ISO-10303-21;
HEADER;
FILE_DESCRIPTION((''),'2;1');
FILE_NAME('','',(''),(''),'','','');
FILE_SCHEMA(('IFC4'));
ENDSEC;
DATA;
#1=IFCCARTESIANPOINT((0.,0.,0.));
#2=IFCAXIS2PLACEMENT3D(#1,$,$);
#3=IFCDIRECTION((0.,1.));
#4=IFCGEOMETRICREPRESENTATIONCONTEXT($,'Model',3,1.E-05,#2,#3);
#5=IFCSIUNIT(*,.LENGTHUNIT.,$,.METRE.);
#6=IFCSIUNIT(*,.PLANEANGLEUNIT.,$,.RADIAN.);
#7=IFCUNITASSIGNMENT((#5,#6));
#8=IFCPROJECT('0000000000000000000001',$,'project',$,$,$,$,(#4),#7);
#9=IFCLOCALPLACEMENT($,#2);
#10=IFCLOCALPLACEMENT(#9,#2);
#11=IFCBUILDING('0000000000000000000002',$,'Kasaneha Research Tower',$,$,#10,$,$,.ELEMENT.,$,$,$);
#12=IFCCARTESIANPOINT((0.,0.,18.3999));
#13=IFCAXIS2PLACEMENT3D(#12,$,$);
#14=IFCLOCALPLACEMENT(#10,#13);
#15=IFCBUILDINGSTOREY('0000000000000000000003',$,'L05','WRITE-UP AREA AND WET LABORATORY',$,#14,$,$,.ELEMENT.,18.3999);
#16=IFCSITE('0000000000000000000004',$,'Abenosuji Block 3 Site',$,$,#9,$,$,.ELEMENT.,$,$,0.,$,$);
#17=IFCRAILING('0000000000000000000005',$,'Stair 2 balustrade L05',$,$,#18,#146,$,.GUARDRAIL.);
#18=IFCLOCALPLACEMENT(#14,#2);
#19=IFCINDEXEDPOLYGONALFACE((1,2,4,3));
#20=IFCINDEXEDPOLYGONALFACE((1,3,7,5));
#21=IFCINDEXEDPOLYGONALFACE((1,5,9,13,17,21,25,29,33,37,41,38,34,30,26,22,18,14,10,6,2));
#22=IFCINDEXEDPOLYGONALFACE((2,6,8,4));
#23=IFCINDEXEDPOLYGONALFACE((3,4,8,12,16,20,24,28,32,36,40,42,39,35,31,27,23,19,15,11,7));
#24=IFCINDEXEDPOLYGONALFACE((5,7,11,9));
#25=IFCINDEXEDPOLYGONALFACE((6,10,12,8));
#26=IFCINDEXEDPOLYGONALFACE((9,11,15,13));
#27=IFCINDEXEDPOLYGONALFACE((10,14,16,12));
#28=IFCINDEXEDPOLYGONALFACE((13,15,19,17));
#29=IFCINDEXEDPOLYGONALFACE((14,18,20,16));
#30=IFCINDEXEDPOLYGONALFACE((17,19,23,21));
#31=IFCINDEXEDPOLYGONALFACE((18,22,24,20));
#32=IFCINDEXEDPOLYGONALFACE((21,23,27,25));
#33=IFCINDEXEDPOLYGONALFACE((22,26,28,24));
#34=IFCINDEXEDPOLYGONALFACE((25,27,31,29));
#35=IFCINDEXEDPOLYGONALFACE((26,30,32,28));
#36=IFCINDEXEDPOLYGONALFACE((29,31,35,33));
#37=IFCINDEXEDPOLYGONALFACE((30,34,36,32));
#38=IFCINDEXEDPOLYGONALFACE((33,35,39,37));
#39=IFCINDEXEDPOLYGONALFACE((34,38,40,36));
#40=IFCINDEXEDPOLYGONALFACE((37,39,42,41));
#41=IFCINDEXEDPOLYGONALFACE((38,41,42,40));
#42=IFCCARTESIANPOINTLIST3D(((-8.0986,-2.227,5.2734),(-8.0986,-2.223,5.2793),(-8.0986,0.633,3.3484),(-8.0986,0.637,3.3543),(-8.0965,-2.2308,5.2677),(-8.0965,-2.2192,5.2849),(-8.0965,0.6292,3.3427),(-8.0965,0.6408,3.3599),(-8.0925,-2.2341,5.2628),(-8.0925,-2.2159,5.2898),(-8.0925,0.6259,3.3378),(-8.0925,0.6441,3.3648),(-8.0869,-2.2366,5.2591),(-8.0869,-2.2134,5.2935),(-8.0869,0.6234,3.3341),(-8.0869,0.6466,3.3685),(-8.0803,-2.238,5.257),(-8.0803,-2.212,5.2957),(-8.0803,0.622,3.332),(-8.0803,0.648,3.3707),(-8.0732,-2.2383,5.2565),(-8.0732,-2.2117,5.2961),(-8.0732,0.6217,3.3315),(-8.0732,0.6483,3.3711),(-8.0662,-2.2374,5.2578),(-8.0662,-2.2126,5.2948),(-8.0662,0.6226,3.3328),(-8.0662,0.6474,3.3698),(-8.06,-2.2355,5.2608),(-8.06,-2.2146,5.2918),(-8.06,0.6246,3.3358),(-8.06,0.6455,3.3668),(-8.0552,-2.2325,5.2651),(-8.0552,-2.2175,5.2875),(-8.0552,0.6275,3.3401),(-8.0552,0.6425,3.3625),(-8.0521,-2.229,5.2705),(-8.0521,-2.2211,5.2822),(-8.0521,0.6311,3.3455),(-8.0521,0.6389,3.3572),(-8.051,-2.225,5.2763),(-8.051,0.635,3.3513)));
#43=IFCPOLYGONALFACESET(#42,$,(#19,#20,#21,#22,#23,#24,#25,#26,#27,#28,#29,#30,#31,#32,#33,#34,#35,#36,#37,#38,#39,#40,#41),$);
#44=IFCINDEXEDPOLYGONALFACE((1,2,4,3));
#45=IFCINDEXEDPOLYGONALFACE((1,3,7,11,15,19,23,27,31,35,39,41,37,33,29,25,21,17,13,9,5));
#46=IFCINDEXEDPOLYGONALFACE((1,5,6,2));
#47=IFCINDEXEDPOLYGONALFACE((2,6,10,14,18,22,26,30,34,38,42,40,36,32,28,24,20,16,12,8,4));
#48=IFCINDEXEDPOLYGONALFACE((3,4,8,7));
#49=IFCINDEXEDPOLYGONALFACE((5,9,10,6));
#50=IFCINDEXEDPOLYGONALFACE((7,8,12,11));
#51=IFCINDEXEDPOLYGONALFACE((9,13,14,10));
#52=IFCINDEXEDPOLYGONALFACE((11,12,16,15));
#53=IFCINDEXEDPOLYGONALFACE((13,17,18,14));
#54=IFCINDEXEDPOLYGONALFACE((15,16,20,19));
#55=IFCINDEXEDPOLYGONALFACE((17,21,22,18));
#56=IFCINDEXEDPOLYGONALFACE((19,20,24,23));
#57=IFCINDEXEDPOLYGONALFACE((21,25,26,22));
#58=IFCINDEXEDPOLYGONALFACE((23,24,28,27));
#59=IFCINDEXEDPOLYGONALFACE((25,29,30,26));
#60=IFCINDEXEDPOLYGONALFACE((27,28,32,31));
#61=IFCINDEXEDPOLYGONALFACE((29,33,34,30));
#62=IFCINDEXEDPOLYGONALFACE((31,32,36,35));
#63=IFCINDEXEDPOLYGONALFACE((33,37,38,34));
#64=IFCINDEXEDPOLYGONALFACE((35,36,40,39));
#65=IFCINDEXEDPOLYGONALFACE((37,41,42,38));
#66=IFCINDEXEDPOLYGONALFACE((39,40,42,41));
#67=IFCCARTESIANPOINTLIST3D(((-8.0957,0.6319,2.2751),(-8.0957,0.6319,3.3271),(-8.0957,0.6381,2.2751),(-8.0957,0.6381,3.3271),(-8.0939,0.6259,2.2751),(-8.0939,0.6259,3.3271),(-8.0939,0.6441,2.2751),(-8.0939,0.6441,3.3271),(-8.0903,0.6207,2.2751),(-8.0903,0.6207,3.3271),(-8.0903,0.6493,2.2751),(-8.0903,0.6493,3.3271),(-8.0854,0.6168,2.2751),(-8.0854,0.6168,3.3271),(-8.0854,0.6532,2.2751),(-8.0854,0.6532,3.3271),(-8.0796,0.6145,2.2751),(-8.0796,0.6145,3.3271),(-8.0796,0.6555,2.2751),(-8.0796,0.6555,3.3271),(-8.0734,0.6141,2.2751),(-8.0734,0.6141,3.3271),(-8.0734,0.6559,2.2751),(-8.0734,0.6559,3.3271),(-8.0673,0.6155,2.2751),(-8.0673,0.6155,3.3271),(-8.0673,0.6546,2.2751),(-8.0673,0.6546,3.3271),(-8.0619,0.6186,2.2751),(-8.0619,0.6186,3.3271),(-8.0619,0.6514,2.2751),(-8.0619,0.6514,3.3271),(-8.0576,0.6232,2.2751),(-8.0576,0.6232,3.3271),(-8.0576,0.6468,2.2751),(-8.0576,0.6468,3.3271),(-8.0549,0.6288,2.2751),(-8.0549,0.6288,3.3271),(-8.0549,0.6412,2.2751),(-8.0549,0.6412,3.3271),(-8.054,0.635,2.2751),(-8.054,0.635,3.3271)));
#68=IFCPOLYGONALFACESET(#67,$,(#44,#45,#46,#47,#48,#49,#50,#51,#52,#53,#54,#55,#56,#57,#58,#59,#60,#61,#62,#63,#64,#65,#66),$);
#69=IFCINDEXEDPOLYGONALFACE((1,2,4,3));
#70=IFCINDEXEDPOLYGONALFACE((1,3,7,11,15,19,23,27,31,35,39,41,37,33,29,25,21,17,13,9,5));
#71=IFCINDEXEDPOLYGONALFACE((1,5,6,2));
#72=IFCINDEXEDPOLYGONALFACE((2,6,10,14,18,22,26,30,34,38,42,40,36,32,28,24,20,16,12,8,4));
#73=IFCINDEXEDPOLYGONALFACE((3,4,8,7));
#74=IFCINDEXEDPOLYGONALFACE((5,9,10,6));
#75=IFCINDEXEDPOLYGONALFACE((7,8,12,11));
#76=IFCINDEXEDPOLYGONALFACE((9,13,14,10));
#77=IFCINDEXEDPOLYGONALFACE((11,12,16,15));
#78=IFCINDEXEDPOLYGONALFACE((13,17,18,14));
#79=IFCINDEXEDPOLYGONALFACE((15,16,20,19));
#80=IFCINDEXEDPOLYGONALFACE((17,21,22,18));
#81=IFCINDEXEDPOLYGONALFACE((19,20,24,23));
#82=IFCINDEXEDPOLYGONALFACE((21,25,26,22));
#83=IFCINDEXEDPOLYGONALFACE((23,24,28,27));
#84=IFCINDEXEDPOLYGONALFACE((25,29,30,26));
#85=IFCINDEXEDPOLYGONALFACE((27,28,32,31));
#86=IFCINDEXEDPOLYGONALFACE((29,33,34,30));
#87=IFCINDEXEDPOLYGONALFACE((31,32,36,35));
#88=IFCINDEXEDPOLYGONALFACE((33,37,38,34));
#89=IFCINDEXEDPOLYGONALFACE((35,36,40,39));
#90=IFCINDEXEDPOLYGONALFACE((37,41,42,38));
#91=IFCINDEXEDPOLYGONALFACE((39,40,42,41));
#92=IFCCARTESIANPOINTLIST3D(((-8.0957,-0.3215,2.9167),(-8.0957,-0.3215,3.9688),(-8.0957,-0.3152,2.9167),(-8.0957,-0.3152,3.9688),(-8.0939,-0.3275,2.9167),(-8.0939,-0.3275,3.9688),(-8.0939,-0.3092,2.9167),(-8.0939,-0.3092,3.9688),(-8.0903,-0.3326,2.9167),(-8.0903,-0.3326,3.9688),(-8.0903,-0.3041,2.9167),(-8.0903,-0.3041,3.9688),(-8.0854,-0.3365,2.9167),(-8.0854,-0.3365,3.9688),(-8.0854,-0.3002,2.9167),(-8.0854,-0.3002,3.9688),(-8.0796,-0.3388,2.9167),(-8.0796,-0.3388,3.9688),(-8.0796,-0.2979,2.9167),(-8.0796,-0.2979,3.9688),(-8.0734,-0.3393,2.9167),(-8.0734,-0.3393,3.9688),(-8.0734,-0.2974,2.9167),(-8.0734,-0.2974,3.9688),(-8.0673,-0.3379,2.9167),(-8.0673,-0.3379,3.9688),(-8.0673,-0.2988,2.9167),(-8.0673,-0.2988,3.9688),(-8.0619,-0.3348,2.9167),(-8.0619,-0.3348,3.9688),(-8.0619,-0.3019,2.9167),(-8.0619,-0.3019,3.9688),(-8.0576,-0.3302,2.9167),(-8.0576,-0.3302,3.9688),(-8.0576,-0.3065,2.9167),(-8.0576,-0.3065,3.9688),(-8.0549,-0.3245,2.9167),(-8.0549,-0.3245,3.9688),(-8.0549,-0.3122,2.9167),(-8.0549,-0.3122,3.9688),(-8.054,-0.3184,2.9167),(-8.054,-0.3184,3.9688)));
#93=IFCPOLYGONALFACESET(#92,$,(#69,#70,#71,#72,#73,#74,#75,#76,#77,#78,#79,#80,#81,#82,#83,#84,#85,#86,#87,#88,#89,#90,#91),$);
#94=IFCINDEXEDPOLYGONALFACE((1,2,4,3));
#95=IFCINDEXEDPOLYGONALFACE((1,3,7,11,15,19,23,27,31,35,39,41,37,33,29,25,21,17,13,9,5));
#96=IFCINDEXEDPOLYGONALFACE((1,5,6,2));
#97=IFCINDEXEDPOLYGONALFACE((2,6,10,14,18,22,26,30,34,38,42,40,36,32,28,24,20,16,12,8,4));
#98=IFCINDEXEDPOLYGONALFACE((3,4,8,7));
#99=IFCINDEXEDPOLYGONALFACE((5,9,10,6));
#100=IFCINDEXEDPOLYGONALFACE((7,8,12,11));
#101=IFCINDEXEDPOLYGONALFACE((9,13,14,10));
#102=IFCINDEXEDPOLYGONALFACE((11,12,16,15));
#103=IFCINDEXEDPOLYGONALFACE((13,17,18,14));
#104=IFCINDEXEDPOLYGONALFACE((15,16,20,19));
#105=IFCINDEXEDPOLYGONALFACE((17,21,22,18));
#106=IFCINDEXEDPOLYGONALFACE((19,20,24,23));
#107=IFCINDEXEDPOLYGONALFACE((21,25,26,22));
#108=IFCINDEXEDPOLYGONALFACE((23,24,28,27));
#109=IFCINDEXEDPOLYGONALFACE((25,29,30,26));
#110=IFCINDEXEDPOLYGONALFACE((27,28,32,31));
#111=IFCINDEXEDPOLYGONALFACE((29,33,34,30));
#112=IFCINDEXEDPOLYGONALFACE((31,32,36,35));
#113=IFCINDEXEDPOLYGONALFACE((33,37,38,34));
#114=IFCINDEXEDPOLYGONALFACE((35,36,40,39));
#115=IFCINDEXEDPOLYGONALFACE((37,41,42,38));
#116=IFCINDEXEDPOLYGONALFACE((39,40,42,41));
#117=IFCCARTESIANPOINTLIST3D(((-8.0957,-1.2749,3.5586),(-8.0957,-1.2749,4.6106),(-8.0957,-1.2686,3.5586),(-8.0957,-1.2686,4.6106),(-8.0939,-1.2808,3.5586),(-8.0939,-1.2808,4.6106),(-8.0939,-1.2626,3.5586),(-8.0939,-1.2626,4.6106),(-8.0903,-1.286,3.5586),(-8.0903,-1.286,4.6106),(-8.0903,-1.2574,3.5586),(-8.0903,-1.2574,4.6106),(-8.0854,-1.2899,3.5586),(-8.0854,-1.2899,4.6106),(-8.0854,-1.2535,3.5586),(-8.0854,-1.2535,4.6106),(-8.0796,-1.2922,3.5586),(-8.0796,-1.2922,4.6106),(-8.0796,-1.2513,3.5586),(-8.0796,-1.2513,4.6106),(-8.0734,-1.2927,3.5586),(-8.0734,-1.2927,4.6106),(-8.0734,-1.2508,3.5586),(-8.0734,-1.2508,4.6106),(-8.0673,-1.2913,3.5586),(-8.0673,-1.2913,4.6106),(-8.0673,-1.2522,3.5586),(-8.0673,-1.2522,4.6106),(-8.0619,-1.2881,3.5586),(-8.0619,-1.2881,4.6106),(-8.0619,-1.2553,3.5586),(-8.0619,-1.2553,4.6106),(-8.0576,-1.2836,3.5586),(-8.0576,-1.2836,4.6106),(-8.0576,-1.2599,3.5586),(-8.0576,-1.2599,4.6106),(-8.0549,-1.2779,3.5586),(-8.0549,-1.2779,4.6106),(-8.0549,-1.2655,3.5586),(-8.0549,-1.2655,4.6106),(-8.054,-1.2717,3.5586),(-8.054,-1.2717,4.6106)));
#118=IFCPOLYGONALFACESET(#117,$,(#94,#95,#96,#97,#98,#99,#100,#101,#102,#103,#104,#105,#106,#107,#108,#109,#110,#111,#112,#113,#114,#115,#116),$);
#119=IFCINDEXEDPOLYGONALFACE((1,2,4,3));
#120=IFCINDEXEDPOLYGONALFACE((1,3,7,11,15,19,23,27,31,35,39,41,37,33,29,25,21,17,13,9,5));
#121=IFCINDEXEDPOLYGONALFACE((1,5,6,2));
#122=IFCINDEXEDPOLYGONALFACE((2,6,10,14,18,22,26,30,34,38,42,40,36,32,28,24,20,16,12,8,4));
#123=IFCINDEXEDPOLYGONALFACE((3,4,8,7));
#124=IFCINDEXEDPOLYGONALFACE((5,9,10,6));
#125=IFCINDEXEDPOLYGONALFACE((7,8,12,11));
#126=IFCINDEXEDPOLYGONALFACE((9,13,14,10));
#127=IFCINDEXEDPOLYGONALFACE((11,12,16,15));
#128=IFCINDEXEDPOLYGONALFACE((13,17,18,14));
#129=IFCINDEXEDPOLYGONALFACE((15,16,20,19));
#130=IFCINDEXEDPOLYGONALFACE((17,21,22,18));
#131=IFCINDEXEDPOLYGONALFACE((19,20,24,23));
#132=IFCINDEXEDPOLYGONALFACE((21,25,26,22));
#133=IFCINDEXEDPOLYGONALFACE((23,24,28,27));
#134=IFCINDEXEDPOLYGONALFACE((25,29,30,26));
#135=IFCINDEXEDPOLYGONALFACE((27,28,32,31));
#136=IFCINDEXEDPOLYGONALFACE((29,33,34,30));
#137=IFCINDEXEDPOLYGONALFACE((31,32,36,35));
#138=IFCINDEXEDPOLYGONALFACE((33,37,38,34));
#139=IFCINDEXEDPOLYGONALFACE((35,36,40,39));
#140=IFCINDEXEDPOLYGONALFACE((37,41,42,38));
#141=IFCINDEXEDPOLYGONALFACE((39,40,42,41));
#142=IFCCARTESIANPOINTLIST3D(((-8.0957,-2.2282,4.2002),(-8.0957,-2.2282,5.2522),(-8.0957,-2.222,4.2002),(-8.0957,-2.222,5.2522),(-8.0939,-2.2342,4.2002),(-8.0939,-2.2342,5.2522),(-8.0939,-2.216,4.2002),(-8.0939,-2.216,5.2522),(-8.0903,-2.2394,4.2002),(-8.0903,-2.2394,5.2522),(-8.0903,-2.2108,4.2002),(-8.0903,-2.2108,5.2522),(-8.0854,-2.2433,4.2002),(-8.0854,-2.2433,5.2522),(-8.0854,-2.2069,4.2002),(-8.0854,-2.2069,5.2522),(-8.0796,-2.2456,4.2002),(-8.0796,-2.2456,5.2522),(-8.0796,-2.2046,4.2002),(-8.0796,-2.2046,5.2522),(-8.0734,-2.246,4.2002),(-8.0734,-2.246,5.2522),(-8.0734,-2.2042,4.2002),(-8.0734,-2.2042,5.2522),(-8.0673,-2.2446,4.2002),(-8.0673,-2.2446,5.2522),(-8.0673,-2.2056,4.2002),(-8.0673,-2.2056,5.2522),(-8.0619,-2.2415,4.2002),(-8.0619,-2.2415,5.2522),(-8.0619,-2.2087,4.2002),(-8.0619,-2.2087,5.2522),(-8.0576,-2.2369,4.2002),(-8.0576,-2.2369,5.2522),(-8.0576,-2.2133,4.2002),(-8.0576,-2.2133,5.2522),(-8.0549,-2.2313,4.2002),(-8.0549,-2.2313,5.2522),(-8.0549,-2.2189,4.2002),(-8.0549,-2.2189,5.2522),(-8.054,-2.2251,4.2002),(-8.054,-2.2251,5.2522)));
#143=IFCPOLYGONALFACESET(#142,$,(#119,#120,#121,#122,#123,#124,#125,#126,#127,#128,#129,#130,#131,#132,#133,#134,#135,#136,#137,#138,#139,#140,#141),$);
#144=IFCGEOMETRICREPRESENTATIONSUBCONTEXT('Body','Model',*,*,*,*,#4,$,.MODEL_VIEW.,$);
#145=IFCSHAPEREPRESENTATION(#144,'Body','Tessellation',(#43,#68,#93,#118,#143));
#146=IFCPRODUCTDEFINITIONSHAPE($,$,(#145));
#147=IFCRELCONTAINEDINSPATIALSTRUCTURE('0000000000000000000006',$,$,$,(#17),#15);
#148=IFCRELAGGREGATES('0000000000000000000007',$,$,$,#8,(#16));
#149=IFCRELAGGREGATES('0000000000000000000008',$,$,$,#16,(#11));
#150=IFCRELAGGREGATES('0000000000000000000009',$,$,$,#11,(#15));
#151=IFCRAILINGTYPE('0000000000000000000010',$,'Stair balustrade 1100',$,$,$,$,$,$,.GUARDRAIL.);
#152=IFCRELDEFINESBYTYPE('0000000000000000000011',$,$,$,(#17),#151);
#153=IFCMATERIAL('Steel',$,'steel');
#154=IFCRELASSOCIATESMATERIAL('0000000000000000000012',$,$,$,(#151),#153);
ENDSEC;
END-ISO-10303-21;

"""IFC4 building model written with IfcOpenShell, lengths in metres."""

from ifc_helpers import new_model, si_unit, direction, frame, origin, origin_2d, place, context, subcontext, project, spatial, circle, extrude, material, type_object, element, save


model = new_model("IFC4")

# Units and contexts
model_context = context("Model", 3, precision=1e-05, world=origin(), true_north=direction((0.0, 1.0)))
body_context = subcontext(model_context, "Body", "Model", "MODEL_VIEW")
ifc_project = project(units=[si_unit("LENGTHUNIT", "METRE"), si_unit("PLANEANGLEUNIT", "RADIAN")], contexts=[model_context])

# Site, building, storey
site_placement = place(None, origin())
site = spatial("IfcSite", under=ifc_project, at=site_placement, Name="Abenosuji Block 3 Site", CompositionType="ELEMENT", RefElevation=0.0)
building_placement = place(site_placement, origin())
building = spatial("IfcBuilding", under=site, at=building_placement, Name="Kasaneha Research Tower", CompositionType="ELEMENT")
storey_placement = place(building_placement, frame((0.0, 0.0, 18.3999)))
storey = spatial("IfcBuildingStorey", under=building, at=storey_placement, Name="L05", Description="WRITE-UP AREA AND WET LABORATORY", CompositionType="ELEMENT", Elevation=18.3999)

# Railing
ifc_material_1 = material(Name="Steel", Category="steel")
railing_type_1 = type_object("IfcRailingType", Name="Stair balustrade 1100", PredefinedType="GUARDRAIL", material=ifc_material_1)
railing_1_placement = place(storey_placement, frame((-8.075, 0.635, 2.2751)))
element("IfcRailing", 1, at=railing_1_placement, inside=storey, type_object=railing_type_1, Name="Stair 2 balustrade L05", PredefinedType="GUARDRAIL", context=body_context, shape_type="SweptSolid", body=[
    extrude(circle(Radius=0.0239, at=origin_2d()), frame((0.0, 0.0, 1.0762), z_axis=(0.0, -0.829591, 0.558372), x_axis=(1.0, 0.0, 0.0)), (0.0, 0.0, 1.0), 3.4475),
    extrude(circle(Radius=0.021, at=origin_2d()), origin(), (0.0, 0.0, 1.0), 1.052),
    extrude(circle(Radius=0.021, at=origin_2d()), frame((0.0, -0.9534, 0.6416)), (0.0, 0.0, 1.0), 1.052),
    extrude(circle(Radius=0.021, at=origin_2d()), frame((0.0, -1.9067, 1.2834)), (0.0, 0.0, 1.0), 1.052),
    extrude(circle(Radius=0.021, at=origin_2d()), frame((0.0, -2.8601, 1.925)), (0.0, 0.0, 1.0), 1.052),
])

save(model, "model.ifc")
